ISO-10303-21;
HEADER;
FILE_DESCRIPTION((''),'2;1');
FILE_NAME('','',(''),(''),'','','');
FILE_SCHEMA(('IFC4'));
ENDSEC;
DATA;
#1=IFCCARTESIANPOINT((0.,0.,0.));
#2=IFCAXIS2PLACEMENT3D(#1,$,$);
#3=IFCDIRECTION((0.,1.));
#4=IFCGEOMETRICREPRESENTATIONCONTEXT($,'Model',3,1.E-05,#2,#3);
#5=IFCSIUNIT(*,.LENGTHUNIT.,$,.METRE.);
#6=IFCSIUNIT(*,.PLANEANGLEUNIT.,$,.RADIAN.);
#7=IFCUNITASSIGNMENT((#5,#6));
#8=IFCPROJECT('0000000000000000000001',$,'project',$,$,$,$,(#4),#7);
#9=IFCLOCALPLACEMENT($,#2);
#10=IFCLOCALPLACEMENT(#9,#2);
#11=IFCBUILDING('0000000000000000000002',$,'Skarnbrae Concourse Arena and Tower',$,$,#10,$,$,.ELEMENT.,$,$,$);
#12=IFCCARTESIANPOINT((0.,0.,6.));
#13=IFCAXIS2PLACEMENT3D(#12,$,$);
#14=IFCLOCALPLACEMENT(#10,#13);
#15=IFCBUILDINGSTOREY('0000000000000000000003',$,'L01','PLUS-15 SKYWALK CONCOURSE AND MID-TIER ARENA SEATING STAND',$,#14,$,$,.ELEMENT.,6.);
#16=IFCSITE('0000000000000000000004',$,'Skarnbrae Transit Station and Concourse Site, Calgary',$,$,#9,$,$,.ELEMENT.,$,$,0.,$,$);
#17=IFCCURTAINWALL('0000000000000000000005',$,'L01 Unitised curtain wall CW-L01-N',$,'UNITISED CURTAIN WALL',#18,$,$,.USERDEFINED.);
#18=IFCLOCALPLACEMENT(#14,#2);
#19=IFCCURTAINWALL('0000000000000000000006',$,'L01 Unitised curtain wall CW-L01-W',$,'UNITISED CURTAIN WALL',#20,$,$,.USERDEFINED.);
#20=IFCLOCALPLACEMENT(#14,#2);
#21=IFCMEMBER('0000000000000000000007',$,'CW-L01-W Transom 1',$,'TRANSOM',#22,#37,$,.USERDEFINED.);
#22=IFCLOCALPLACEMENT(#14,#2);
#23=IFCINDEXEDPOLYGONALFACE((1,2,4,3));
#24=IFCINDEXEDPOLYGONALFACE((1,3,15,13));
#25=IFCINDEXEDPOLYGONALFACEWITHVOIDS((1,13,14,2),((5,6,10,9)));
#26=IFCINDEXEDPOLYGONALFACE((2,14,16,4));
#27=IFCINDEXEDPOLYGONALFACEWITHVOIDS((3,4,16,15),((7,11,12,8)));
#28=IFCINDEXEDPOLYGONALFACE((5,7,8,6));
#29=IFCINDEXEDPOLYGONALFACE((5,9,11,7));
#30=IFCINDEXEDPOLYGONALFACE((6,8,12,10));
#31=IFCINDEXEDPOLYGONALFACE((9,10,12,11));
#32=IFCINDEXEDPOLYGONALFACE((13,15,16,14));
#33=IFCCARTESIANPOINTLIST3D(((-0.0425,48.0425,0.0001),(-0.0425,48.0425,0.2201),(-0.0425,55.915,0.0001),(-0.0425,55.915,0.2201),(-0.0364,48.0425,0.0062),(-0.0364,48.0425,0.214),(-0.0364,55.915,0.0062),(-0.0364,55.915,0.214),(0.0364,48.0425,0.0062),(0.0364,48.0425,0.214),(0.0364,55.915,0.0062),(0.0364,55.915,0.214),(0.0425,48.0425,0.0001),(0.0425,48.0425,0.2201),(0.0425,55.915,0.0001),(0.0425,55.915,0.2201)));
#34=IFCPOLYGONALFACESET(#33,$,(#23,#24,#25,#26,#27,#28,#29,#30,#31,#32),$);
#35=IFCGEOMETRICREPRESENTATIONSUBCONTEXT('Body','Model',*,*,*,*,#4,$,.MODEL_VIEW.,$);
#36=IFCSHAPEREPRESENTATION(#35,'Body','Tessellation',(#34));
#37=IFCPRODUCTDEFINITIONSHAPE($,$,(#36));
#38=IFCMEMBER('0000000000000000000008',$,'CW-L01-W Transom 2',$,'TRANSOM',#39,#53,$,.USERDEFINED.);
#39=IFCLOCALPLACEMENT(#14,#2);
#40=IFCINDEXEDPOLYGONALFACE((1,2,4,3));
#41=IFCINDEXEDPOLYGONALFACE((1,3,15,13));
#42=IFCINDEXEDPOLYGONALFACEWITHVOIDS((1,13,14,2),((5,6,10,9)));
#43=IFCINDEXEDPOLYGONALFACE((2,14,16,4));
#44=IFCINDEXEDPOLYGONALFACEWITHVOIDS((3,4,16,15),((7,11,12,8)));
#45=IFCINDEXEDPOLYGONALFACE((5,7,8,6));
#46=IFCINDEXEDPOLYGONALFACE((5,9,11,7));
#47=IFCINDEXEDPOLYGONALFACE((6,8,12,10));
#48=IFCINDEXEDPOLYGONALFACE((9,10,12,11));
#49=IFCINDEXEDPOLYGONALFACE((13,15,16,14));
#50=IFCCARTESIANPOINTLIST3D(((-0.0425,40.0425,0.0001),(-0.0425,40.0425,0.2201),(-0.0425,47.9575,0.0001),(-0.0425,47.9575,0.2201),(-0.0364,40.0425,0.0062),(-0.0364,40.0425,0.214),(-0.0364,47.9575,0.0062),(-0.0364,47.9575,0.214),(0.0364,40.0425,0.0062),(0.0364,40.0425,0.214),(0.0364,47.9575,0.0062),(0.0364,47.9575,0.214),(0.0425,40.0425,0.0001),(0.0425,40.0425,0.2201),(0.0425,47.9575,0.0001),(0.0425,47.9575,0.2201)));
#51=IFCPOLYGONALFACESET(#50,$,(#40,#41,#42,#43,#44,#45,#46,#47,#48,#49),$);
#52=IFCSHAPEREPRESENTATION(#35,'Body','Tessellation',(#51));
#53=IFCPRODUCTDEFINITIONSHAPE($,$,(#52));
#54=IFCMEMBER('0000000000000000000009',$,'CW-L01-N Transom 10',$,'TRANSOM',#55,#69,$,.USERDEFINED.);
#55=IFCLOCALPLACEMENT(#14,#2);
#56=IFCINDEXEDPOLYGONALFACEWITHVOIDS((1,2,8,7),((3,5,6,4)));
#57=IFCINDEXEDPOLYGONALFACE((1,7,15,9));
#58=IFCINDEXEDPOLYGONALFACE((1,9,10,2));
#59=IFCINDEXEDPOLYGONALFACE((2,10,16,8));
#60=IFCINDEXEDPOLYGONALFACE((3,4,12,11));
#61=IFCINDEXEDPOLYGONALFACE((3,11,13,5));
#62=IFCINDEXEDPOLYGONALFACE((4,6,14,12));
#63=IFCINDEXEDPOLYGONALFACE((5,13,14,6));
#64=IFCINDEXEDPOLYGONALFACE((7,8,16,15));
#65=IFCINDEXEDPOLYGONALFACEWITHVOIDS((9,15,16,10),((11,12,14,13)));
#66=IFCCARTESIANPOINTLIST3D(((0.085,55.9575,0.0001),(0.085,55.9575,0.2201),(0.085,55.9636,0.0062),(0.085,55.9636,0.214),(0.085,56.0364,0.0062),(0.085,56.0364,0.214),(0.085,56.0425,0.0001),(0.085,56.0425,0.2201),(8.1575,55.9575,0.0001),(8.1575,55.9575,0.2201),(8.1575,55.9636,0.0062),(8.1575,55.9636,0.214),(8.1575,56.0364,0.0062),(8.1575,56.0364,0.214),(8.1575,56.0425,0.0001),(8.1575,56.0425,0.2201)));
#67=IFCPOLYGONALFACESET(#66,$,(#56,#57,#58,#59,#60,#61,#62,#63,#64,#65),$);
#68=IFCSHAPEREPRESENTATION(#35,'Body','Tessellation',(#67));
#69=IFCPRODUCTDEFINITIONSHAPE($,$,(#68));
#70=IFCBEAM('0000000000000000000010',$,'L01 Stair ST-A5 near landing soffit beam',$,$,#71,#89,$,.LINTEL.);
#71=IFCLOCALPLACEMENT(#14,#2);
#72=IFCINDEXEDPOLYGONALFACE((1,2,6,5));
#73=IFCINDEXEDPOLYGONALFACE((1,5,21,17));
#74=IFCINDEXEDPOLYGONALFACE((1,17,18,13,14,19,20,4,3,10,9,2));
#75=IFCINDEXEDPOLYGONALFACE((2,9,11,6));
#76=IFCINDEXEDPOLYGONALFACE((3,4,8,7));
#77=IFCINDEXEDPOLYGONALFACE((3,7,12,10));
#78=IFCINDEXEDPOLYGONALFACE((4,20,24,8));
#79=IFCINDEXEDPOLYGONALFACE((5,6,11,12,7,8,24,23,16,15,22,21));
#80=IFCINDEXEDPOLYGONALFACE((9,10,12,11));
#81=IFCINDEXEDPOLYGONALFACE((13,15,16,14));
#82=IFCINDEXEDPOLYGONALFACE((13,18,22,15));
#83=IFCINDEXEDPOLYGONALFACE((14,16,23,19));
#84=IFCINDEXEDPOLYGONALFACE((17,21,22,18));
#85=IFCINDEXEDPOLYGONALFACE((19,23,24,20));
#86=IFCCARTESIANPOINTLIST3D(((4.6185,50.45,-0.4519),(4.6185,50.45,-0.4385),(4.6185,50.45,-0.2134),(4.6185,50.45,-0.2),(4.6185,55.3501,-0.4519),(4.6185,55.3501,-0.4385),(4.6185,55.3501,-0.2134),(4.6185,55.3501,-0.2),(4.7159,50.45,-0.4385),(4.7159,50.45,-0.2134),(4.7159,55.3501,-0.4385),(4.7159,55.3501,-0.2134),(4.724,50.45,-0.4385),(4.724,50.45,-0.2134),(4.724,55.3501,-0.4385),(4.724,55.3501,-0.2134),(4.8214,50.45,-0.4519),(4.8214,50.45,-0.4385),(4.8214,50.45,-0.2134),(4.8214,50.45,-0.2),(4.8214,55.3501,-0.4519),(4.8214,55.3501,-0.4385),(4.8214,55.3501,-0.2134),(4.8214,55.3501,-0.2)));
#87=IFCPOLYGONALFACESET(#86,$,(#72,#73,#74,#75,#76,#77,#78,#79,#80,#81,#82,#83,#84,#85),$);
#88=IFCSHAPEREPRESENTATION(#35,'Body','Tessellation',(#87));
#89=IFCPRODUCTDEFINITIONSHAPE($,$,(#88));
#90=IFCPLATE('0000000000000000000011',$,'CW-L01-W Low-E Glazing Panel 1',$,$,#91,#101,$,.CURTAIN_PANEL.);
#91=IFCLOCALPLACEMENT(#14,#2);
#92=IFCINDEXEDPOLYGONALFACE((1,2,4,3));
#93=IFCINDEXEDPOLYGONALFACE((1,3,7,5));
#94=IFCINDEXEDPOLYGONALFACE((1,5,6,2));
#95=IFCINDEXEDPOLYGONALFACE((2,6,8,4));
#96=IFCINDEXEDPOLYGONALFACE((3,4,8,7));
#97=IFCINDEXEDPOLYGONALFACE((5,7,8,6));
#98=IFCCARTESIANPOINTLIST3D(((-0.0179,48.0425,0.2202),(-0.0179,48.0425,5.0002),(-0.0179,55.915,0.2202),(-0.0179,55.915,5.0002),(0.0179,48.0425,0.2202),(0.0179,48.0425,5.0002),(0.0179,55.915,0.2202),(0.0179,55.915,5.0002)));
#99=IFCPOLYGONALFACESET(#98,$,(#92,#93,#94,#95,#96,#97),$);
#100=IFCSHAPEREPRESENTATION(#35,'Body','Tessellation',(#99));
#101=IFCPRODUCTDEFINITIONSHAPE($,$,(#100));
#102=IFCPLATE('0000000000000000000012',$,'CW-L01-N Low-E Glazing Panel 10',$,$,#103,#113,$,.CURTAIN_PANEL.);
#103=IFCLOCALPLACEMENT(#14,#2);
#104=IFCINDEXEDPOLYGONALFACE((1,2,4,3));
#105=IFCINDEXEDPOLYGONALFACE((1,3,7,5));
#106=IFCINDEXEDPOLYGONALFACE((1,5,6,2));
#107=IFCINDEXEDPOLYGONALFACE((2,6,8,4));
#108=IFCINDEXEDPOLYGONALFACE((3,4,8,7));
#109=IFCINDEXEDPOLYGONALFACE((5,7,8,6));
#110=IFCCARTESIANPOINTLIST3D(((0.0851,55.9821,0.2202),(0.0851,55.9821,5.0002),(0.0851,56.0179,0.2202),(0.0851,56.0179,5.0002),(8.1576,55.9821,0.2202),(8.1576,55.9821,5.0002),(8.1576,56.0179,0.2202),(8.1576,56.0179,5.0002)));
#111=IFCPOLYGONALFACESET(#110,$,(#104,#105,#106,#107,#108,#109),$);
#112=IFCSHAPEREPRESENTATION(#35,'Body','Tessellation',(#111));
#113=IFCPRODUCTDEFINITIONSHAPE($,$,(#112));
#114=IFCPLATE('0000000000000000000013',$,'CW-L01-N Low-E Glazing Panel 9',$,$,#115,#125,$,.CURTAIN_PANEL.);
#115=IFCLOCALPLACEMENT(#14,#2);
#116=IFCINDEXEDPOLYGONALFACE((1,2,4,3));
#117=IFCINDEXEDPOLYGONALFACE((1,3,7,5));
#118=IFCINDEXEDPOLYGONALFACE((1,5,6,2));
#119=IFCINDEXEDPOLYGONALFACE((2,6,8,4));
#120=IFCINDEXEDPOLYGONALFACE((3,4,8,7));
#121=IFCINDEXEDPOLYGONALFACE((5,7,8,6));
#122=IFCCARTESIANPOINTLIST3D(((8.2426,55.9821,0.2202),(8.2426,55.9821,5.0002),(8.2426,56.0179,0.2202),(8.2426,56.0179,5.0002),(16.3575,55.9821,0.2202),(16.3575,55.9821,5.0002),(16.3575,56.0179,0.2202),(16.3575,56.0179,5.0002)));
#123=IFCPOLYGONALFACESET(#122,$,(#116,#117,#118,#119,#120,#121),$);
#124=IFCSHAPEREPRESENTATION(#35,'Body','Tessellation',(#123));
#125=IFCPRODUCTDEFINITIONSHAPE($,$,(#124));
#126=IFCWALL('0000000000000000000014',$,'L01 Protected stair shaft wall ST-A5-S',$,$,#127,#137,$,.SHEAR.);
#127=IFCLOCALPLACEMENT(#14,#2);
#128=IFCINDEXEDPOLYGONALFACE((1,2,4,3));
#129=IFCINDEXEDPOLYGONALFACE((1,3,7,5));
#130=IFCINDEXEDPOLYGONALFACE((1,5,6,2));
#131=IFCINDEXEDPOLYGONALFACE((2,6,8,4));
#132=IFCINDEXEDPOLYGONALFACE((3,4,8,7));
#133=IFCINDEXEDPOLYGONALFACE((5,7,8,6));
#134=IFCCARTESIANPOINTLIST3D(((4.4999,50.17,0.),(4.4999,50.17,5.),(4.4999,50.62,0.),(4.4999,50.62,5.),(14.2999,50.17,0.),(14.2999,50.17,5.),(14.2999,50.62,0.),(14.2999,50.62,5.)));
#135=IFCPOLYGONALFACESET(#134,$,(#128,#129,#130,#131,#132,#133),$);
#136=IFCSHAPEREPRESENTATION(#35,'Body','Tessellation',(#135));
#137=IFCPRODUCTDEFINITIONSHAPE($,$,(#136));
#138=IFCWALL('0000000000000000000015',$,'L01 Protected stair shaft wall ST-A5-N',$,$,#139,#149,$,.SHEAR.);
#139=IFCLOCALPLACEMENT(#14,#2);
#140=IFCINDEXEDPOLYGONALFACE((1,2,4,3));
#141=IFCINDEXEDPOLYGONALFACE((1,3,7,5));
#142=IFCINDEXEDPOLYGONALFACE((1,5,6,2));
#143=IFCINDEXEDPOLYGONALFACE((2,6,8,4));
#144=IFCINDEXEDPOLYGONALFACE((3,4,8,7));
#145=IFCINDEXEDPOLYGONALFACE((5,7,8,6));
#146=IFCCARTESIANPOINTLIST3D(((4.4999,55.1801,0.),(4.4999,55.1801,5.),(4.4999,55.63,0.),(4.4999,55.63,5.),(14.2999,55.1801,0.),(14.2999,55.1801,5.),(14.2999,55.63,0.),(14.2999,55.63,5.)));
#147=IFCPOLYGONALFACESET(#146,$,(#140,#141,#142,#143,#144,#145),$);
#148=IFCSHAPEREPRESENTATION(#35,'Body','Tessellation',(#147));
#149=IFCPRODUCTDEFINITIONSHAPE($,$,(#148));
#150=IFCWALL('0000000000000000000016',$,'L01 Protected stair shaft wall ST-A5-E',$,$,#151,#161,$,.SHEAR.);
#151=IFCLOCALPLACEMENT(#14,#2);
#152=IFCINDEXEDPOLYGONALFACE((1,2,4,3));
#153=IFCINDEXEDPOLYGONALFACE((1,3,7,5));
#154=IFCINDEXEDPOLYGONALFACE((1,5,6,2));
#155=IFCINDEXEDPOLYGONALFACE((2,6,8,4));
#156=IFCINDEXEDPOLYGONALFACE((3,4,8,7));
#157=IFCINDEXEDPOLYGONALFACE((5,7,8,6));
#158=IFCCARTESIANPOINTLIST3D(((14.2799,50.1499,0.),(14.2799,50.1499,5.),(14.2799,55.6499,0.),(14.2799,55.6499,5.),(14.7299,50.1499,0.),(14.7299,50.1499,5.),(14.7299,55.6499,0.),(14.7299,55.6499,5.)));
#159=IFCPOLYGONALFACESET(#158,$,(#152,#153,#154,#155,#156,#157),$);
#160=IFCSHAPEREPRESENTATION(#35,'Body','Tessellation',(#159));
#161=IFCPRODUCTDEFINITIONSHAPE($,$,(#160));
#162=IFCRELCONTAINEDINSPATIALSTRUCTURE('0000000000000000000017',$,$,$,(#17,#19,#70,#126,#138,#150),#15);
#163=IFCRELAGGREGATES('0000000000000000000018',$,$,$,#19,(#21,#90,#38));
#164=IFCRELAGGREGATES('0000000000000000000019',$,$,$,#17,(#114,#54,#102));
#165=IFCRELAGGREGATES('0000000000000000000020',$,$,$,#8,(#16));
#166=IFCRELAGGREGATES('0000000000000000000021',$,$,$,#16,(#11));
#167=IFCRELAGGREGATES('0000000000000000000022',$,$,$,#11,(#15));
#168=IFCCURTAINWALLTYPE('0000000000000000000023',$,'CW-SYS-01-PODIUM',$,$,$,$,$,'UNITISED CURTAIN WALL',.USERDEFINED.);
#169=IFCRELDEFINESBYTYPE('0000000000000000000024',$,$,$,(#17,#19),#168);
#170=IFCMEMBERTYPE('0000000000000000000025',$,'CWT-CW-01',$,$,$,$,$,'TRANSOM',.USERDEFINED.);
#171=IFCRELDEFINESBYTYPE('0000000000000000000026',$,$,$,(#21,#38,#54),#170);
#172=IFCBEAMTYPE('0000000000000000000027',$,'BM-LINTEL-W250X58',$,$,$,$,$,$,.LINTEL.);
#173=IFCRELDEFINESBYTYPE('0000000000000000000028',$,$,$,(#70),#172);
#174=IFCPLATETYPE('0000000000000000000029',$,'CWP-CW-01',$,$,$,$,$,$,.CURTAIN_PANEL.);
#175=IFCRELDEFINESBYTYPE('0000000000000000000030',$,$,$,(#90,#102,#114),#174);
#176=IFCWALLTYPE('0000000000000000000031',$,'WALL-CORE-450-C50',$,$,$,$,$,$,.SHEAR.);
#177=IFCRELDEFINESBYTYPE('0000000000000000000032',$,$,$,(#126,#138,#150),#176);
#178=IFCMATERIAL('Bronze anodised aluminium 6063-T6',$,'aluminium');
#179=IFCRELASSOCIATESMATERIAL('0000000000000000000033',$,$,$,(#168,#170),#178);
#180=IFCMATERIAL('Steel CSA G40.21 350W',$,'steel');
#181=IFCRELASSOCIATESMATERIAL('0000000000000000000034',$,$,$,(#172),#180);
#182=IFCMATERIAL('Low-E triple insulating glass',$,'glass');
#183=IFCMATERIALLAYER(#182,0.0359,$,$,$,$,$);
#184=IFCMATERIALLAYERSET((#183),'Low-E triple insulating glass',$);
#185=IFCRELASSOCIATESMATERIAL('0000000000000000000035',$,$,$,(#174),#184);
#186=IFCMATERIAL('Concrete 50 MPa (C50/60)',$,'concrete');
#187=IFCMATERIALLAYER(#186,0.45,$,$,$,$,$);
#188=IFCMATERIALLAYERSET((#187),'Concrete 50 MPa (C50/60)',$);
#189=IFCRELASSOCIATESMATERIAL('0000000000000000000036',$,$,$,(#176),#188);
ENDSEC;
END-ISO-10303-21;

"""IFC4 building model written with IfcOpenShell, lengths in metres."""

from ifc_helpers import new_model, si_unit, direction, frame, frame_2d, origin, origin_2d, place, context, subcontext, project, spatial, rectangle, hollow_rectangle, i_section, extrude, source, transform, mapped, material, layer, layer_set, material_profile, profile_set, type_object, element, aggregate, save


model = new_model("IFC4")

# Units and contexts
model_context = context("Model", 3, precision=1e-05, world=origin(), true_north=direction((0.0, 1.0)))
body_context = subcontext(model_context, "Body", "Model", "MODEL_VIEW")
ifc_project = project(units=[si_unit("LENGTHUNIT", "METRE"), si_unit("PLANEANGLEUNIT", "RADIAN")], contexts=[model_context])

# Site, building, storey
site_placement = place(None, origin())
site = spatial("IfcSite", under=ifc_project, at=site_placement, Name="Skarnbrae Transit Station and Concourse Site, Calgary", CompositionType="ELEMENT", RefElevation=0.0)
building_placement = place(site_placement, origin())
building = spatial("IfcBuilding", under=site, at=building_placement, Name="Skarnbrae Concourse Arena and Tower", CompositionType="ELEMENT")
storey_placement = place(building_placement, frame((0.0, 0.0, 6.0)))
storey = spatial("IfcBuildingStorey", under=building, at=storey_placement, Name="L01", Description="PLUS-15 SKYWALK CONCOURSE AND MID-TIER ARENA SEATING STAND", CompositionType="ELEMENT", Elevation=6.0)

# Shared definitions
ifc_material_1 = material(Name="Steel CSA G40.21 350W", Category="steel")

# Curtain walls, members
ifc_material_2 = material(Name="Bronze anodised aluminium 6063-T6", Category="aluminium")
curtain_wall_type = type_object("IfcCurtainWallType", Name="CW-SYS-01-PODIUM", ElementType="UNITISED CURTAIN WALL", PredefinedType="USERDEFINED", material=ifc_material_2)
curtain_wall_1_placement = place(storey_placement, origin())
curtain_wall_1 = element("IfcCurtainWall", 1, at=curtain_wall_1_placement, inside=storey, type_object=curtain_wall_type, Name="L01 Unitised curtain wall CW-L01-N", ObjectType="UNITISED CURTAIN WALL", PredefinedType="USERDEFINED")
curtain_wall_2_placement = place(storey_placement, origin())
curtain_wall_2 = element("IfcCurtainWall", 2, at=curtain_wall_2_placement, inside=storey, type_object=curtain_wall_type, Name="L01 Unitised curtain wall CW-L01-W", ObjectType="UNITISED CURTAIN WALL", PredefinedType="USERDEFINED")
ifc_material_profile_1 = material_profile(ifc_material_2, hollow_rectangle(XDim=0.085, YDim=0.22, WallThickness=0.0061, at=origin_2d()), Name="ALU-TRAN-85X220")
ifc_profile_set_1 = profile_set([ifc_material_profile_1], Name="Bronze anodised aluminium 6063-T6")
member_type_1 = type_object("IfcMemberType", Name="CWT-CW-01", ElementType="TRANSOM", PredefinedType="USERDEFINED", material=ifc_profile_set_1)
shared_shape_1 = source(origin(), body_context, "Body", "SweptSolid", [
    extrude(hollow_rectangle(XDim=0.085, YDim=0.22, WallThickness=0.0061, at=origin_2d()), origin(), (0.0, 0.0, 1.0), 7.8726),
])
member_1_placement = place(storey_placement, frame((0.0, 55.915, 0.1101), z_axis=(0.0, -1.0, 0.0), x_axis=(1.0, 0.0, 0.0)))
member_1 = element("IfcMember", 3, at=member_1_placement, type_object=member_type_1, Name="CW-L01-W Transom 1", ObjectType="TRANSOM", PredefinedType="USERDEFINED", context=body_context, shape_type="MappedRepresentation", body=[
    mapped(shared_shape_1, transform((0.0, 0.0, 0.0))),
])
shared_shape_2 = source(origin(), body_context, "Body", "SweptSolid", [
    extrude(hollow_rectangle(XDim=0.085, YDim=0.22, WallThickness=0.0061, at=origin_2d()), origin(), (0.0, 0.0, 1.0), 7.915),
])
member_2_placement = place(storey_placement, frame((0.0, 47.9575, 0.1101), z_axis=(0.0, -1.0, 0.0), x_axis=(1.0, 0.0, 0.0)))
member_2 = element("IfcMember", 4, at=member_2_placement, type_object=member_type_1, Name="CW-L01-W Transom 2", ObjectType="TRANSOM", PredefinedType="USERDEFINED", context=body_context, shape_type="MappedRepresentation", body=[
    mapped(shared_shape_2, transform((0.0, 0.0, 0.0))),
])

# Member
shared_shape_3 = source(origin(), body_context, "Body", "SweptSolid", [
    extrude(hollow_rectangle(XDim=0.085, YDim=0.22, WallThickness=0.0061, at=origin_2d()), origin(), (0.0, 0.0, 1.0), 8.0725),
])
member_3_placement = place(storey_placement, frame((8.1575, 56.0, 0.1101), z_axis=(-1.0, 0.0, 0.0), x_axis=(0.0, -1.0, 0.0)))
member_3 = element("IfcMember", 5, at=member_3_placement, type_object=member_type_1, Name="CW-L01-N Transom 10", ObjectType="TRANSOM", PredefinedType="USERDEFINED", context=body_context, shape_type="MappedRepresentation", body=[
    mapped(shared_shape_3, transform((0.0, 0.0, 0.0))),
])

# Beam
ifc_material_profile_2 = material_profile(ifc_material_1, i_section(OverallWidth=0.2029, OverallDepth=0.252, WebThickness=0.0081, FlangeThickness=0.0134, at=origin_2d()), Name="W250X58")
ifc_profile_set_2 = profile_set([ifc_material_profile_2], Name="Steel CSA G40.21 350W")
beam_type_1 = type_object("IfcBeamType", Name="BM-LINTEL-W250X58", PredefinedType="LINTEL", material=ifc_profile_set_2)
shared_shape_4 = source(origin(), body_context, "Body", "SweptSolid", [
    extrude(i_section(OverallWidth=0.2029, OverallDepth=0.252, WebThickness=0.0081, FlangeThickness=0.0134, at=origin_2d()), origin(), (0.0, 0.0, 1.0), 4.9001),
])
beam_1_placement = place(storey_placement, frame((4.72, 50.45, -0.3259), z_axis=(0.0, 1.0, 0.0), x_axis=(-1.0, 0.0, 0.0)))
element("IfcBeam", 6, at=beam_1_placement, inside=storey, type_object=beam_type_1, Name="L01 Stair ST-A5 near landing soffit beam", PredefinedType="LINTEL", context=body_context, shape_type="MappedRepresentation", body=[
    mapped(shared_shape_4, transform((0.0, 0.0, 0.0))),
])

# Plates
ifc_material_3 = material(Name="Low-E triple insulating glass", Category="glass")
ifc_layer_1 = layer(ifc_material_3, 0.0359)
ifc_layer_set_1 = layer_set([ifc_layer_1], Name="Low-E triple insulating glass")
plate_type = type_object("IfcPlateType", Name="CWP-CW-01", PredefinedType="CURTAIN_PANEL", material=ifc_layer_set_1)
shared_shape_5 = source(origin(), body_context, "Body", "SweptSolid", [
    extrude(rectangle(XDim=7.8726, YDim=0.0359, at=origin_2d()), origin(), (0.0, 0.0, 1.0), 4.78),
])
plate_1_placement = place(storey_placement, frame((0.0, 51.9788, 0.2202), z_axis=(0.0, 0.0, 1.0), x_axis=(0.0, -1.0, 0.0)))
plate_1 = element("IfcPlate", 7, at=plate_1_placement, type_object=plate_type, Name="CW-L01-W Low-E Glazing Panel 1", PredefinedType="CURTAIN_PANEL", context=body_context, shape_type="MappedRepresentation", body=[
    mapped(shared_shape_5, transform((0.0, 0.0, 0.0))),
])
aggregate(curtain_wall_2, [member_1, plate_1, member_2])
shared_shape_6 = source(origin(), body_context, "Body", "SweptSolid", [
    extrude(rectangle(XDim=8.0725, YDim=0.0359, at=origin_2d()), origin(), (0.0, 0.0, 1.0), 4.78),
])
plate_2_placement = place(storey_placement, frame((4.1213, 56.0, 0.2202), z_axis=(0.0, 0.0, 1.0), x_axis=(-1.0, 0.0, 0.0)))
plate_2 = element("IfcPlate", 8, at=plate_2_placement, type_object=plate_type, Name="CW-L01-N Low-E Glazing Panel 10", PredefinedType="CURTAIN_PANEL", context=body_context, shape_type="MappedRepresentation", body=[
    mapped(shared_shape_6, transform((0.0, 0.0, 0.0))),
])
shared_shape_7 = source(origin(), body_context, "Body", "SweptSolid", [
    extrude(rectangle(XDim=8.115, YDim=0.0359, at=origin_2d()), origin(), (0.0, 0.0, 1.0), 4.78),
])
plate_3_placement = place(storey_placement, frame((12.3, 56.0, 0.2202), z_axis=(0.0, 0.0, 1.0), x_axis=(-1.0, 0.0, 0.0)))
plate_3 = element("IfcPlate", 9, at=plate_3_placement, type_object=plate_type, Name="CW-L01-N Low-E Glazing Panel 9", PredefinedType="CURTAIN_PANEL", context=body_context, shape_type="MappedRepresentation", body=[
    mapped(shared_shape_7, transform((0.0, 0.0, 0.0))),
])
aggregate(curtain_wall_1, [plate_3, member_3, plate_2])

# Walls
ifc_material_4 = material(Name="Concrete 50 MPa (C50/60)", Category="concrete")
ifc_layer_2 = layer(ifc_material_4, 0.45)
ifc_layer_set_2 = layer_set([ifc_layer_2], Name="Concrete 50 MPa (C50/60)")
wall_type_1 = type_object("IfcWallType", Name="WALL-CORE-450-C50", PredefinedType="SHEAR", material=ifc_layer_set_2)
shared_shape_8 = source(origin(), body_context, "Body", "SweptSolid", [
    extrude(rectangle(XDim=9.8, YDim=0.45, at=frame_2d((4.8999, 0.0))), origin(), (0.0, 0.0, 1.0), 5.0),
])
for number, where, z_axis, x_axis, name in (
    (10, (4.5, 50.395, 0.0), (0.0, 0.0, 1.0), (1.0, 0.0, 0.0), "L01 Protected stair shaft wall ST-A5-S"),
    (11, (4.5, 55.405, 0.0), (0.0, 0.0, 1.0), (1.0, 0.0, 0.0), "L01 Protected stair shaft wall ST-A5-N"),
):
    element("IfcWall", number, at=place(storey_placement, frame(where, z_axis=z_axis, x_axis=x_axis)), inside=storey, type_object=wall_type_1, Name=name, PredefinedType="SHEAR", context=body_context, shape_type="MappedRepresentation", body=[
        mapped(shared_shape_8, transform((0.0, 0.0, 0.0))),
    ])

# Shared definitions
shared_shape_9 = source(origin(), body_context, "Body", "SweptSolid", [
    extrude(rectangle(XDim=5.5, YDim=0.45, at=frame_2d((2.75, 0.0))), origin(), (0.0, 0.0, 1.0), 5.0),
])

# Wall
wall_1_placement = place(storey_placement, frame((14.5049, 50.1499, 0.0), z_axis=(0.0, 0.0, 1.0), x_axis=(0.0, 1.0, 0.0)))
element("IfcWall", 12, at=wall_1_placement, inside=storey, type_object=wall_type_1, Name="L01 Protected stair shaft wall ST-A5-E", PredefinedType="SHEAR", context=body_context, shape_type="MappedRepresentation", body=[
    mapped(shared_shape_9, transform((0.0, 0.0, 0.0))),
])

save(model, "model.ifc")
